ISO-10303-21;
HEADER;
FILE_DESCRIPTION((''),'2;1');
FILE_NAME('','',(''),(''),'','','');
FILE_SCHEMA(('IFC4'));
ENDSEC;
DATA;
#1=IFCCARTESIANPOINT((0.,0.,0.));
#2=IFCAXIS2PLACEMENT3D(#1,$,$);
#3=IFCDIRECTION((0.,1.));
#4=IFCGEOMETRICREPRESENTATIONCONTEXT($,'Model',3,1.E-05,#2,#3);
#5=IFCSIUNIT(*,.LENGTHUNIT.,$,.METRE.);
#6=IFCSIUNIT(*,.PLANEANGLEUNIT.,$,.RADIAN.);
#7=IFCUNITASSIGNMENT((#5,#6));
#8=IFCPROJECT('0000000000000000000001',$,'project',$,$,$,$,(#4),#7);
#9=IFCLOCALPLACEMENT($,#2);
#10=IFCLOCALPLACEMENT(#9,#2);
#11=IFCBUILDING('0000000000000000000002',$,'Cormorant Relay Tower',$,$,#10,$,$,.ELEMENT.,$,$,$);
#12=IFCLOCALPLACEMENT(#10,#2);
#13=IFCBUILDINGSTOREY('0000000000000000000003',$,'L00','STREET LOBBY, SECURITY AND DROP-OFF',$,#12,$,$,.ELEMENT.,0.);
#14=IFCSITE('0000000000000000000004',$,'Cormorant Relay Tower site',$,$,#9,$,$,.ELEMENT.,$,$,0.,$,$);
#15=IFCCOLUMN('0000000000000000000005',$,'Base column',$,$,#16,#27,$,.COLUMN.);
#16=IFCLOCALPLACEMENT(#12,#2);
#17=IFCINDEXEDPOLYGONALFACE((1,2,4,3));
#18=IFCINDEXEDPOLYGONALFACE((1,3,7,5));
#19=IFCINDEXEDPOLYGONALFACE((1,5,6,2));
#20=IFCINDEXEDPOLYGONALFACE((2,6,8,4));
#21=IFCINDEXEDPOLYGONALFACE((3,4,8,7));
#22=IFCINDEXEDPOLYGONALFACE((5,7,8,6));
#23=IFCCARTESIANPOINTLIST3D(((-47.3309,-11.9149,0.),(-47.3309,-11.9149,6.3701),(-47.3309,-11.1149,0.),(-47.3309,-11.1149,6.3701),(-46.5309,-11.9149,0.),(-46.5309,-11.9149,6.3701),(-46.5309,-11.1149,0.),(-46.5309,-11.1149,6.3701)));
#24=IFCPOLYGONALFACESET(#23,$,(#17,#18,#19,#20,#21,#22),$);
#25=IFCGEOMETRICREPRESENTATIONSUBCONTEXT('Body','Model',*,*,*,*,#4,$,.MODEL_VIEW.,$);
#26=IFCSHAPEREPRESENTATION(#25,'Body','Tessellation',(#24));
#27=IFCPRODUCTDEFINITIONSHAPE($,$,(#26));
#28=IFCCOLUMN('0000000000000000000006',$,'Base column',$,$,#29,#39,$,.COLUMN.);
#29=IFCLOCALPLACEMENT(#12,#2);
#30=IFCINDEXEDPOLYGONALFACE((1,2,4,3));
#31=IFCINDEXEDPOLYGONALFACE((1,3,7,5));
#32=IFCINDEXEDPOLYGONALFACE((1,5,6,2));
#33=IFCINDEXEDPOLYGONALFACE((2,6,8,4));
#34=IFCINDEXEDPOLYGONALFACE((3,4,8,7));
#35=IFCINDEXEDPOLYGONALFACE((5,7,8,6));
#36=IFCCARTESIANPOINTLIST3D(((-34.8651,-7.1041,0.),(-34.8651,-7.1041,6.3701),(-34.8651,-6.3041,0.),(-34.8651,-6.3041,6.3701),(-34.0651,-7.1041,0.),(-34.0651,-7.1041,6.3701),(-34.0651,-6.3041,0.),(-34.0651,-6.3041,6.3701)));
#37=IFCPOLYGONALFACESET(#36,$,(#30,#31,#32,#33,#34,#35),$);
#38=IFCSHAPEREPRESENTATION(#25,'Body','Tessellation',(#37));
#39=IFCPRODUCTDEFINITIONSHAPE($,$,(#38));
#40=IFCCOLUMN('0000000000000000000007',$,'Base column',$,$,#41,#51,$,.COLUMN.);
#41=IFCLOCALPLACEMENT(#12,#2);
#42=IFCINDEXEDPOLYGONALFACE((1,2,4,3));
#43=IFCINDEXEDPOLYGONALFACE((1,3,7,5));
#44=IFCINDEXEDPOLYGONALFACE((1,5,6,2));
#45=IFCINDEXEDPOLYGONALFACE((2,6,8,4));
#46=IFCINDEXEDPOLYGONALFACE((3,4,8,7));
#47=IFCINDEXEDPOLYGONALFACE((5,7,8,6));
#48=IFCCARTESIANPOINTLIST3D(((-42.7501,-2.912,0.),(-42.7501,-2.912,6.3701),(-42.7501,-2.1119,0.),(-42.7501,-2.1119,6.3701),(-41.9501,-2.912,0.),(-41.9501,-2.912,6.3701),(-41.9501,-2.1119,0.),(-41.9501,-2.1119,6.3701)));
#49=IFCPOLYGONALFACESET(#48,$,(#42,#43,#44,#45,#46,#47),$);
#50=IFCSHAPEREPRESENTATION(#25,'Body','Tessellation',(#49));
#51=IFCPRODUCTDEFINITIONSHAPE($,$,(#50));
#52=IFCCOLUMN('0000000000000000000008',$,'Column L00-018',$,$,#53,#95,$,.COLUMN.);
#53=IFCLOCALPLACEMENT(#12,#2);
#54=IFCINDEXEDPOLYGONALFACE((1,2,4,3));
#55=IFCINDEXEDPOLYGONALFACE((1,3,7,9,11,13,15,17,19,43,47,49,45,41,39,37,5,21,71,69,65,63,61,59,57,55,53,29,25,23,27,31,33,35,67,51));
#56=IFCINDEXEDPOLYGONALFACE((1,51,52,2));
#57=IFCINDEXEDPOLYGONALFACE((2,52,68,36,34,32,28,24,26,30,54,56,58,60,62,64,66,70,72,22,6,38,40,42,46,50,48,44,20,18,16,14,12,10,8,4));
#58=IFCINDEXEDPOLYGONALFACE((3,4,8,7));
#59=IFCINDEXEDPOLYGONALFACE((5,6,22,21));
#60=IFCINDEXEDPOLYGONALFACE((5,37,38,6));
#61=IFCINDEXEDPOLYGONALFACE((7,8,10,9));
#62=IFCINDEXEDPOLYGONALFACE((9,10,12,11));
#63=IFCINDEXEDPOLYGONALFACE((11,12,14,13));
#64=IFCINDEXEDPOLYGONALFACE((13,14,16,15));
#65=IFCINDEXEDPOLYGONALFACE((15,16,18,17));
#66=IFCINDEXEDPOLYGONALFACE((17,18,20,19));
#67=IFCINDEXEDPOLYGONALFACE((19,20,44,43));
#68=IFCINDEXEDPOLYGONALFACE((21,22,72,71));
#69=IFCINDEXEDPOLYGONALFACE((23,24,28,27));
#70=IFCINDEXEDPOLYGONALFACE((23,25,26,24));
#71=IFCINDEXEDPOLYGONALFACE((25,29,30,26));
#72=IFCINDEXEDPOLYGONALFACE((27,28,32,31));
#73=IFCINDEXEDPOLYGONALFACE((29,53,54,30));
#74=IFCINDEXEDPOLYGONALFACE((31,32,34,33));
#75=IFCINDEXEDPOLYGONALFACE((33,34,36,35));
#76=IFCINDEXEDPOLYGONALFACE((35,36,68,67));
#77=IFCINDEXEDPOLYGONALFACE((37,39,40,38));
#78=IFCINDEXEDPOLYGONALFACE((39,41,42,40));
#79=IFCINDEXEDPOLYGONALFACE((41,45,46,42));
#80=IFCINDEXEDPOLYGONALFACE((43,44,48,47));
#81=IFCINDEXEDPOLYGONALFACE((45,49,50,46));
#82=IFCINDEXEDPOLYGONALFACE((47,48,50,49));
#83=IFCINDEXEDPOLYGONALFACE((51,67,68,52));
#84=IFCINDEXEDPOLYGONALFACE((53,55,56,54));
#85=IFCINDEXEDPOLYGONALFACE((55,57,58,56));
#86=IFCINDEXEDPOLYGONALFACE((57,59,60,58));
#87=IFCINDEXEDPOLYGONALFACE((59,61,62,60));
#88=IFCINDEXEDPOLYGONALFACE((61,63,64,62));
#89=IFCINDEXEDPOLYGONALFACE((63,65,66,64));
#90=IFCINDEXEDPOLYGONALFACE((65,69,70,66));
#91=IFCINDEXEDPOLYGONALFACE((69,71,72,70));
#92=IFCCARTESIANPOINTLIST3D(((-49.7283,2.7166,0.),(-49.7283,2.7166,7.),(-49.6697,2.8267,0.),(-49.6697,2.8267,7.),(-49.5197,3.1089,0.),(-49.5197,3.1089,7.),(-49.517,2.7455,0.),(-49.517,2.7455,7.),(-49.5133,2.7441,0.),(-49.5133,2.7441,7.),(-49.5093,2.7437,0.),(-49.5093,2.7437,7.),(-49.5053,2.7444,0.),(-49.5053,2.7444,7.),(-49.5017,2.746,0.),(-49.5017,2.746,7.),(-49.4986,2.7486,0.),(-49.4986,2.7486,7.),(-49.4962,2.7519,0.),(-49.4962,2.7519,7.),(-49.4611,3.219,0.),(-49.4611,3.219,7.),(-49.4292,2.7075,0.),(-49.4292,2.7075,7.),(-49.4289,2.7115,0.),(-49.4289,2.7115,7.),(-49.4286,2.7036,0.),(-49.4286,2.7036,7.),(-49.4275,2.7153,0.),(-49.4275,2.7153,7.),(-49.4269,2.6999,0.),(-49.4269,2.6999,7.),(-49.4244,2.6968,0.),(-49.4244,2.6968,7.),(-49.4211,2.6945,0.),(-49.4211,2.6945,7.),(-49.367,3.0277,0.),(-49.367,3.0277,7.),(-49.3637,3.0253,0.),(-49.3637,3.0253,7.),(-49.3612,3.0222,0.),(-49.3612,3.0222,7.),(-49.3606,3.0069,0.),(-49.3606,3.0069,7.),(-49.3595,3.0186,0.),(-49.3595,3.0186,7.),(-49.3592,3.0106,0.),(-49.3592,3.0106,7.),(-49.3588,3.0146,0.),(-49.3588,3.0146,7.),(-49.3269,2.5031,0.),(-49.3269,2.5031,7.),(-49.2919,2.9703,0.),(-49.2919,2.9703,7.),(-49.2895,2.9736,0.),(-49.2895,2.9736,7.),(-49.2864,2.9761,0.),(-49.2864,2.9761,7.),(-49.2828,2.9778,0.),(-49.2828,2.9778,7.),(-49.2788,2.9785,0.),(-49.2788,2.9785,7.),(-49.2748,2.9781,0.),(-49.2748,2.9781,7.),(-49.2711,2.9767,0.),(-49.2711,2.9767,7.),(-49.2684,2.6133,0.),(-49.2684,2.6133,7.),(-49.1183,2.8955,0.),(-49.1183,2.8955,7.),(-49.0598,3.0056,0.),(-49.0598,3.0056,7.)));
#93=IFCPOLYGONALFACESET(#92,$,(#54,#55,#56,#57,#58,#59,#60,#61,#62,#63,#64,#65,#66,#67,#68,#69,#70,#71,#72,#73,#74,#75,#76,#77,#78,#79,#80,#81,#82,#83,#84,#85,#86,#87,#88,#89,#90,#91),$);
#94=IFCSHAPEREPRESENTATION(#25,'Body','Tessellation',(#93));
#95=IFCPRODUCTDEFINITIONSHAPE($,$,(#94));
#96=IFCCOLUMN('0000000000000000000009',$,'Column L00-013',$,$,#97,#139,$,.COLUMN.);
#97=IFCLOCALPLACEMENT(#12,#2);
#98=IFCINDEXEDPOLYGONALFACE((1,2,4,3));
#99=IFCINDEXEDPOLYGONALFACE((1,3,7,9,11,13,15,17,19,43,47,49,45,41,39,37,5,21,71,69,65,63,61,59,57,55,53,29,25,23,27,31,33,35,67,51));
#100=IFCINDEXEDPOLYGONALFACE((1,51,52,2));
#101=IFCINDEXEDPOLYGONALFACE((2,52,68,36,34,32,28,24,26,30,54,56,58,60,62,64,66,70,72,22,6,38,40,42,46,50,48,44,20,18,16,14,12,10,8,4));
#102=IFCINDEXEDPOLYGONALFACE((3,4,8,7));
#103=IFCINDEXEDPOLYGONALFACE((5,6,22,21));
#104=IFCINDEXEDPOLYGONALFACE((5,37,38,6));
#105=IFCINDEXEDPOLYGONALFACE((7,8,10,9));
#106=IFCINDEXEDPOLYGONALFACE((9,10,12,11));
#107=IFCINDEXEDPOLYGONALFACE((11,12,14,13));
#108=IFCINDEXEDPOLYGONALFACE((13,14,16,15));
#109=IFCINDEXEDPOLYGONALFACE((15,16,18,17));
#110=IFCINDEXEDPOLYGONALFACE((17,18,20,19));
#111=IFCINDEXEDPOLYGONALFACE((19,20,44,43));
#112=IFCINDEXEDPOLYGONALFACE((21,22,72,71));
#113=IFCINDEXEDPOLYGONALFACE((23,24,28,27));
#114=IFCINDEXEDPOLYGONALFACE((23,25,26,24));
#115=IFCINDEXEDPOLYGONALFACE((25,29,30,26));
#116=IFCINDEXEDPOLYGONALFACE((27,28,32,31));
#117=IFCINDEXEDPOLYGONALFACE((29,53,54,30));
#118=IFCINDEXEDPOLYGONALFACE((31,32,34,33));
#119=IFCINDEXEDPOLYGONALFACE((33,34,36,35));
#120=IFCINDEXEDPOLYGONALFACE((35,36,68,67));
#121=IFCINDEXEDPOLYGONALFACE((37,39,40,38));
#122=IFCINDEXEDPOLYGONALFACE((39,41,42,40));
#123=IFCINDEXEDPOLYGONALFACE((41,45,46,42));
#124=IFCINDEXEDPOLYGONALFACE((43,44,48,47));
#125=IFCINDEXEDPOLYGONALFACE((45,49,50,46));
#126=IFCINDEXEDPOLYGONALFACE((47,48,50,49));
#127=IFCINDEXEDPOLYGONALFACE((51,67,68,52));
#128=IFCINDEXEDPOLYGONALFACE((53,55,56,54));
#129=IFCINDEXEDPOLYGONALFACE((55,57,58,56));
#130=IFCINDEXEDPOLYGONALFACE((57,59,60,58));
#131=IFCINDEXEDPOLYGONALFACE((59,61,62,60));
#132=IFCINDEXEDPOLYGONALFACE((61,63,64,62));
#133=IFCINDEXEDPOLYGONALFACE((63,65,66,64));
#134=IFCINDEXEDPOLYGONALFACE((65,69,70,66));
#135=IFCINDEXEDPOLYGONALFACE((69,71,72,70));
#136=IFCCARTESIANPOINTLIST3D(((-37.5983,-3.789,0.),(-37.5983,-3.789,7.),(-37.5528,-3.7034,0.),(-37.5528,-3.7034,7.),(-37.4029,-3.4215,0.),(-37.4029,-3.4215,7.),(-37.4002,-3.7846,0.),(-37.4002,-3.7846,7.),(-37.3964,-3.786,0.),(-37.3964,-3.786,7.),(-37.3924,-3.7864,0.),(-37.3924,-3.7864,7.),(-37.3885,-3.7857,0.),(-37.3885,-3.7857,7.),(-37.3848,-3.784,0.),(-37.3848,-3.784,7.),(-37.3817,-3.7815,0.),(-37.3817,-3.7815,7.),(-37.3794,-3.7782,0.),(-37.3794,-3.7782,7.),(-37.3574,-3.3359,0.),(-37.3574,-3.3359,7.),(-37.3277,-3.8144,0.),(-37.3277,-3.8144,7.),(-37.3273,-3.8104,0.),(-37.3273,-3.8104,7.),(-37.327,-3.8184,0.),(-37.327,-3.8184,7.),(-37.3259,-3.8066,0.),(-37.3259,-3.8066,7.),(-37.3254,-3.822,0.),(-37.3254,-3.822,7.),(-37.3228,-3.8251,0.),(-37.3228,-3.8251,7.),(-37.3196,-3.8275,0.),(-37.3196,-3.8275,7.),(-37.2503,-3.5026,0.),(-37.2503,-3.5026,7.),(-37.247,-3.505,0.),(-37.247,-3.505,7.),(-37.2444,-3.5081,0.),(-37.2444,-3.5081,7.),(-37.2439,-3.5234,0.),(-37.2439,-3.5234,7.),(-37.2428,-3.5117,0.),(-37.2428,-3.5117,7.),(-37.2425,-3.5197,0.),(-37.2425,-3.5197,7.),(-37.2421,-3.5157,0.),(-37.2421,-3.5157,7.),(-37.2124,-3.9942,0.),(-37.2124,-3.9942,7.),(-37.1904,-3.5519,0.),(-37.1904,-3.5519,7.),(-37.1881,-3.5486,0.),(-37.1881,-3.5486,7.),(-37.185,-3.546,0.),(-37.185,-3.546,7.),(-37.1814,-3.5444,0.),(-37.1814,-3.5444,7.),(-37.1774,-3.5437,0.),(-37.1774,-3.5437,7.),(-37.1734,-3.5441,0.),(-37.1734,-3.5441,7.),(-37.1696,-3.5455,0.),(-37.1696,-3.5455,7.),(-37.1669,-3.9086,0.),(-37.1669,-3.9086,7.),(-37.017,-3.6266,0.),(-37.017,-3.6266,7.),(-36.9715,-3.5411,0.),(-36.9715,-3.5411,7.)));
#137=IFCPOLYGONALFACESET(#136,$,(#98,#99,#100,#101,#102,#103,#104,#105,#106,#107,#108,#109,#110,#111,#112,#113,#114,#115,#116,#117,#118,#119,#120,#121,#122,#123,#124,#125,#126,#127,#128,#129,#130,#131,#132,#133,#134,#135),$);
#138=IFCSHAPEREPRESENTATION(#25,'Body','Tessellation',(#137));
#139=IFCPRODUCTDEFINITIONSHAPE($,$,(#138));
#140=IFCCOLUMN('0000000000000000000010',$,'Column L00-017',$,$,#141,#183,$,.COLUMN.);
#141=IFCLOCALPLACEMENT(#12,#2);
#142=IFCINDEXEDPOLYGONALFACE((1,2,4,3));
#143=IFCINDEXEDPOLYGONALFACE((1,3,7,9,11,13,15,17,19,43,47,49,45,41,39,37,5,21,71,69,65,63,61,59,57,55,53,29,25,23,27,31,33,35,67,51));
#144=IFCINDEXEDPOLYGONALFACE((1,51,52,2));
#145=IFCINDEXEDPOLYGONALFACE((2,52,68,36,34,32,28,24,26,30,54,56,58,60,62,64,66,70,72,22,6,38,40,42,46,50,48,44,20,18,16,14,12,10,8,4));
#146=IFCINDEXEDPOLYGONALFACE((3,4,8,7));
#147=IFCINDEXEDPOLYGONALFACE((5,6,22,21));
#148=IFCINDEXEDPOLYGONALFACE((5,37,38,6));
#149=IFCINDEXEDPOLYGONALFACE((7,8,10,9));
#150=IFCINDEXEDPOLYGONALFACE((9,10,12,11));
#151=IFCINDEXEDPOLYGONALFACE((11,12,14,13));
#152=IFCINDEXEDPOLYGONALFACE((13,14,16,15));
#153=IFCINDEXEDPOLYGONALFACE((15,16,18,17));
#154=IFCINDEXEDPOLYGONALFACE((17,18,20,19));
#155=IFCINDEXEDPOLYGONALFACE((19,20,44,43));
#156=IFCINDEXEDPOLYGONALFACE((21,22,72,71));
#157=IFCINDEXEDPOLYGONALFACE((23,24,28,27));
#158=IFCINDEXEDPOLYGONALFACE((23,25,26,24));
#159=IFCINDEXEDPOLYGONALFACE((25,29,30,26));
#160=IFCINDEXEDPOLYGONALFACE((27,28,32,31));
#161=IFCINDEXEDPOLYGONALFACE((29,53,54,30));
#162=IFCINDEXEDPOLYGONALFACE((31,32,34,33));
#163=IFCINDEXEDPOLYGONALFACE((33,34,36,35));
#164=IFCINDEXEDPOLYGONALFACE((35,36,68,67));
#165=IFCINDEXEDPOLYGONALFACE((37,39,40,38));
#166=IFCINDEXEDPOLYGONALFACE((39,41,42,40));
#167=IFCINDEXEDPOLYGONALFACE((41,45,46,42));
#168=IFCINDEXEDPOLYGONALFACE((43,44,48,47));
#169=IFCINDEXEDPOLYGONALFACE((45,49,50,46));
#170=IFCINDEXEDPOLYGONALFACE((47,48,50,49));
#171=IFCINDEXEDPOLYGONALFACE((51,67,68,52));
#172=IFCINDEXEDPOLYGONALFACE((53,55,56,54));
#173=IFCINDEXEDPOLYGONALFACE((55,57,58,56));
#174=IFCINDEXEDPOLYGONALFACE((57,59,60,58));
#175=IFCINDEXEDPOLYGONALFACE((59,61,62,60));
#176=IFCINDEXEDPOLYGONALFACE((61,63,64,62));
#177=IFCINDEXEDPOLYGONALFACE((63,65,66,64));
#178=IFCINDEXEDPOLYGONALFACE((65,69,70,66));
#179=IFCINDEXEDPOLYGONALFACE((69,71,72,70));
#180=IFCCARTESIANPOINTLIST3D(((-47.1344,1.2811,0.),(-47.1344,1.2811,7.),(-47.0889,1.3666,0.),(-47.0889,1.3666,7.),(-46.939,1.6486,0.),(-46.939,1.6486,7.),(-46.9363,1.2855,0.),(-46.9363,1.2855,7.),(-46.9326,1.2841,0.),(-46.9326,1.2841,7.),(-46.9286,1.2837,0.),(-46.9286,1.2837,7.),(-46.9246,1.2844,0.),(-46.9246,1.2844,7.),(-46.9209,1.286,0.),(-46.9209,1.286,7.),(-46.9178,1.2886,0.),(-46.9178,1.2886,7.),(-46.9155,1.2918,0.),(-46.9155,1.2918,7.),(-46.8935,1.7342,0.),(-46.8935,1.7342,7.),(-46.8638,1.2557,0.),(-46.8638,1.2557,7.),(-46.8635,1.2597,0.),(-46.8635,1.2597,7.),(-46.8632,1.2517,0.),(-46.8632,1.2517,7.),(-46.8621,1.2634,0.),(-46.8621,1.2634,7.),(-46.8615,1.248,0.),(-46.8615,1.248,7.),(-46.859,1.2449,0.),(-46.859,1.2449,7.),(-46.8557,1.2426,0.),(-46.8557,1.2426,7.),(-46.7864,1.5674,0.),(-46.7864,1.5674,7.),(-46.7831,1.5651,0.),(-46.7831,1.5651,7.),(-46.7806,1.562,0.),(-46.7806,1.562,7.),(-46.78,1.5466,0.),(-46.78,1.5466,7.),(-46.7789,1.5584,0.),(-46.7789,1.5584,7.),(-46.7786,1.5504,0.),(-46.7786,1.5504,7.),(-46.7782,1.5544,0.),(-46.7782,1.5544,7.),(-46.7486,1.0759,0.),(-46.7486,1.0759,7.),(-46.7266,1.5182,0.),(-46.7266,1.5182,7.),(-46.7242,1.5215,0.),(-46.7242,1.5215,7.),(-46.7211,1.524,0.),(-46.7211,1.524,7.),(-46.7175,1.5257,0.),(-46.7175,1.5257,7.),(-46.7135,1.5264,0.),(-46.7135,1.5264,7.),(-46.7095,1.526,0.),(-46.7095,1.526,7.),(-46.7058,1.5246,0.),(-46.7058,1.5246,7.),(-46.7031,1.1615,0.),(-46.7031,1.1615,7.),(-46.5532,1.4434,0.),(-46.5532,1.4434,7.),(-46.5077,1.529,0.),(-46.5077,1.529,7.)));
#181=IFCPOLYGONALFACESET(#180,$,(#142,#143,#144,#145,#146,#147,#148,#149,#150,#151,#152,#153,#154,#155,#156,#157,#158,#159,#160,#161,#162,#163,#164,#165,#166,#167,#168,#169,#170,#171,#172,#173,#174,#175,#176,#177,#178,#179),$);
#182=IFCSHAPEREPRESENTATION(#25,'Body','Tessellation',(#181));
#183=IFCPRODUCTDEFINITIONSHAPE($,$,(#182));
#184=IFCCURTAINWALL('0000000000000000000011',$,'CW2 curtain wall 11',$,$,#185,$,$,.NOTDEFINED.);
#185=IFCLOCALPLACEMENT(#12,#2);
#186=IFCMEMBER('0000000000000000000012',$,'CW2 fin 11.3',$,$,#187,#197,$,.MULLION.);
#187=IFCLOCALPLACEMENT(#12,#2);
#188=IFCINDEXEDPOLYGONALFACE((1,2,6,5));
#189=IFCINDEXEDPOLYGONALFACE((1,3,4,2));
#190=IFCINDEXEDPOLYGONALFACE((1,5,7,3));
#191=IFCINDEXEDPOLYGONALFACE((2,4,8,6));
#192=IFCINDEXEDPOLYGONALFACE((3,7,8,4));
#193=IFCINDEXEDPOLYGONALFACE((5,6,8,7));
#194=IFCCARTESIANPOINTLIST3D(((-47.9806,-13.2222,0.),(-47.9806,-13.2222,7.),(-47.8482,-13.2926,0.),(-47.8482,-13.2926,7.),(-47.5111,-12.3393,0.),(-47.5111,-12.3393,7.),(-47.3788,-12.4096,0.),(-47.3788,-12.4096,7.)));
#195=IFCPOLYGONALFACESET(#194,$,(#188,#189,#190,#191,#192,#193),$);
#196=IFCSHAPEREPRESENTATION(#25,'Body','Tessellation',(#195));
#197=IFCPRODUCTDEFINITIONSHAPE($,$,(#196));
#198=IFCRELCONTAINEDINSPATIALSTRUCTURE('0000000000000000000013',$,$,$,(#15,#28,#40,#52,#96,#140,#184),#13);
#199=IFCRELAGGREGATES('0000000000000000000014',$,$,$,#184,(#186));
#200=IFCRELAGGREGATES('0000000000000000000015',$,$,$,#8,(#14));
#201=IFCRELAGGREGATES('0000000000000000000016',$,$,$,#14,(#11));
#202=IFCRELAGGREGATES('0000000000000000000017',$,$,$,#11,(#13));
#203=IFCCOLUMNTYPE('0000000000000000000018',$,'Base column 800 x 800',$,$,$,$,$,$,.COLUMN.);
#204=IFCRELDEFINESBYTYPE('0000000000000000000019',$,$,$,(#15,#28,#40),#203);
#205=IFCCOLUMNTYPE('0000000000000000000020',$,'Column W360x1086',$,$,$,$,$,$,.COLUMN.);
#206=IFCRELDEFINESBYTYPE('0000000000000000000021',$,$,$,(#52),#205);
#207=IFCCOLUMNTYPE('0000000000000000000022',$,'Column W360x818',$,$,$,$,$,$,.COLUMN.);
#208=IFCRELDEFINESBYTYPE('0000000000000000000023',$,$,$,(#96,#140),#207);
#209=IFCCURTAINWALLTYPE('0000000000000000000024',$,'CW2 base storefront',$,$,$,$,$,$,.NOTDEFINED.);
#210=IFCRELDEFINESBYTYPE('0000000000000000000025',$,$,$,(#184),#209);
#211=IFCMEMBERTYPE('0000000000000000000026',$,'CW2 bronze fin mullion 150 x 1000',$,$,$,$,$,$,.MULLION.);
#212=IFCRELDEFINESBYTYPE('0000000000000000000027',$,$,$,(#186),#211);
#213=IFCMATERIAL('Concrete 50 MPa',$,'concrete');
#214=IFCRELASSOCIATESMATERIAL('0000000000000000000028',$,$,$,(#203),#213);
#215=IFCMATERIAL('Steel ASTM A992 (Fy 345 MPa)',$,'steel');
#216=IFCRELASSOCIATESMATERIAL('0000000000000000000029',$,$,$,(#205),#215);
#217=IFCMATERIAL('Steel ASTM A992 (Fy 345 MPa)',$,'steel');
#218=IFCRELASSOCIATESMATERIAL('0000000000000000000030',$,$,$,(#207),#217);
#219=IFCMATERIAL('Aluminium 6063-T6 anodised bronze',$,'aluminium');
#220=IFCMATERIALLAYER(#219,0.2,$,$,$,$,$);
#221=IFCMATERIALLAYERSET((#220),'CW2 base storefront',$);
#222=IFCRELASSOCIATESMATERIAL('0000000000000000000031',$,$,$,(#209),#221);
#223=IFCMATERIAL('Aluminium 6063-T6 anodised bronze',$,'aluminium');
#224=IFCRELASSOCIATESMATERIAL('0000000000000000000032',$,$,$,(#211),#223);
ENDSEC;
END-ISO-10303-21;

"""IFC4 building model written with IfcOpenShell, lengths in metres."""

from ifc_helpers import new_model, si_unit, direction, frame, origin, origin_2d, place, context, subcontext, project, spatial, rectangle, i_section, extrude, material, layer, layer_set, material_profile, profile_set, type_object, element, aggregate, save


model = new_model("IFC4")

# Units and contexts
model_context = context("Model", 3, precision=1e-05, world=origin(), true_north=direction((0.0, 1.0)))
body_context = subcontext(model_context, "Body", "Model", "MODEL_VIEW")
ifc_project = project(units=[si_unit("LENGTHUNIT", "METRE"), si_unit("PLANEANGLEUNIT", "RADIAN")], contexts=[model_context])

# Site, building, storey
site_placement = place(None, origin())
site = spatial("IfcSite", under=ifc_project, at=site_placement, Name="Cormorant Relay Tower site", CompositionType="ELEMENT", RefElevation=0.0)
building_placement = place(site_placement, origin())
building = spatial("IfcBuilding", under=site, at=building_placement, Name="Cormorant Relay Tower", CompositionType="ELEMENT")
storey_placement = place(building_placement, origin())
storey = spatial("IfcBuildingStorey", under=building, at=storey_placement, Name="L00", Description="STREET LOBBY, SECURITY AND DROP-OFF", CompositionType="ELEMENT", Elevation=0.0)

# Columns
ifc_material_1 = material(Name="Concrete 50 MPa", Category="concrete")
ifc_material_profile_1 = material_profile(ifc_material_1, rectangle(XDim=0.8, YDim=0.8, at=origin_2d()), Name="RC 800x800")
ifc_profile_set_1 = profile_set([ifc_material_profile_1], Name="Concrete 50 MPa")
column_type_1 = type_object("IfcColumnType", Name="Base column 800 x 800", PredefinedType="COLUMN", material=ifc_profile_set_1)
for number, where, z_axis, x_axis, name in (
    (1, (-46.9309, -11.5149, 0.0), (0.0, 0.0, 1.0), (1.0, 0.0, 0.0), "Base column"),
    (2, (-34.4651, -6.7041, 0.0), (0.0, 0.0, 1.0), (1.0, 0.0, 0.0), "Base column"),
    (3, (-42.3501, -2.512, 0.0), (0.0, 0.0, 1.0), (1.0, 0.0, 0.0), "Base column"),
):
    element("IfcColumn", number, at=place(storey_placement, frame(where, z_axis=z_axis, x_axis=x_axis)), inside=storey, type_object=column_type_1, Name=name, PredefinedType="COLUMN", context=body_context, shape_type="SweptSolid", body=[
        extrude(rectangle(XDim=0.8, YDim=0.8, at=origin_2d()), origin(), (0.0, 0.0, 1.0), 6.3701),
    ])
ifc_material_2 = material(Name="Steel ASTM A992 (Fy 345 MPa)", Category="steel")
ifc_material_profile_2 = material_profile(ifc_material_2, i_section(OverallWidth=0.4546, OverallDepth=0.5691, WebThickness=0.0779, FlangeThickness=0.1248, FilletRadius=0.0154, at=origin_2d()), Name="W360x1086")
ifc_profile_set_2 = profile_set([ifc_material_profile_2], Name="Steel ASTM A992 (Fy 345 MPa)")
column_type_2 = type_object("IfcColumnType", Name="Column W360x1086", PredefinedType="COLUMN", material=ifc_profile_set_2)
column_placement = place(storey_placement, frame((-49.394, 2.8611, 0.0), z_axis=(0.0, 0.0, 1.0), x_axis=(0.882948, -0.469472, 0.0)))
element("IfcColumn", 4, at=column_placement, inside=storey, type_object=column_type_2, Name="Column L00-018", PredefinedType="COLUMN", context=body_context, shape_type="SweptSolid", body=[
    extrude(i_section(OverallWidth=0.4546, OverallDepth=0.5691, WebThickness=0.0779, FlangeThickness=0.1248, FilletRadius=0.0154, at=origin_2d()), origin(), (0.0, 0.0, 1.0), 7.0),
])
ifc_material_3 = material(Name="Steel ASTM A992 (Fy 345 MPa)", Category="steel")
ifc_material_profile_3 = material_profile(ifc_material_3, i_section(OverallWidth=0.437, OverallDepth=0.5132, WebThickness=0.0605, FlangeThickness=0.0969, FilletRadius=0.0154, at=origin_2d()), Name="W360x818")
ifc_profile_set_3 = profile_set([ifc_material_profile_3], Name="Steel ASTM A992 (Fy 345 MPa)")
column_type_3 = type_object("IfcColumnType", Name="Column W360x818", PredefinedType="COLUMN", material=ifc_profile_set_3)
for number, where, z_axis, x_axis, name in (
    (5, (-37.2849, -3.665, 0.0), (0.0, 0.0, 1.0), (0.882948, -0.469472, 0.0), "Column L00-013"),
    (6, (-46.821, 1.405, 0.0), (0.0, 0.0, 1.0), (0.882948, -0.469472, 0.0), "Column L00-017"),
):
    element("IfcColumn", number, at=place(storey_placement, frame(where, z_axis=z_axis, x_axis=x_axis)), inside=storey, type_object=column_type_3, Name=name, PredefinedType="COLUMN", context=body_context, shape_type="SweptSolid", body=[
        extrude(i_section(OverallWidth=0.437, OverallDepth=0.5132, WebThickness=0.0605, FlangeThickness=0.0969, FilletRadius=0.0154, at=origin_2d()), origin(), (0.0, 0.0, 1.0), 7.0),
    ])

# Curtain wall, member
ifc_material_4 = material(Name="Aluminium 6063-T6 anodised bronze", Category="aluminium")
ifc_layer_1 = layer(ifc_material_4, 0.2)
ifc_layer_set_1 = layer_set([ifc_layer_1], Name="CW2 base storefront")
curtain_wall_type = type_object("IfcCurtainWallType", Name="CW2 base storefront", PredefinedType="NOTDEFINED", material=ifc_layer_set_1)
curtain_wall_placement = place(storey_placement, origin())
curtain_wall = element("IfcCurtainWall", 7, at=curtain_wall_placement, inside=storey, type_object=curtain_wall_type, Name="CW2 curtain wall 11", PredefinedType="NOTDEFINED")
ifc_material_5 = material(Name="Aluminium 6063-T6 anodised bronze", Category="aluminium")
ifc_material_profile_4 = material_profile(ifc_material_5, rectangle(XDim=0.1499, YDim=1.0, at=origin_2d()), Name="AL 150x1000")
ifc_profile_set_4 = profile_set([ifc_material_profile_4], Name="Aluminium 6063-T6 anodised bronze")
member_type = type_object("IfcMemberType", Name="CW2 bronze fin mullion 150 x 1000", PredefinedType="MULLION", material=ifc_profile_set_4)
member_1_placement = place(storey_placement, frame((-47.6797, -12.8159, 0.0), z_axis=(0.0, 0.0, 1.0), x_axis=(0.882948, -0.469472, 0.0)))
member_1 = element("IfcMember", 8, at=member_1_placement, type_object=member_type, Name="CW2 fin 11.3", PredefinedType="MULLION", context=body_context, shape_type="SweptSolid", body=[
    extrude(rectangle(XDim=0.1499, YDim=1.0, at=origin_2d()), origin(), (0.0, 0.0, 1.0), 7.0),
])
aggregate(curtain_wall, [member_1])

save(model, "model.ifc")
